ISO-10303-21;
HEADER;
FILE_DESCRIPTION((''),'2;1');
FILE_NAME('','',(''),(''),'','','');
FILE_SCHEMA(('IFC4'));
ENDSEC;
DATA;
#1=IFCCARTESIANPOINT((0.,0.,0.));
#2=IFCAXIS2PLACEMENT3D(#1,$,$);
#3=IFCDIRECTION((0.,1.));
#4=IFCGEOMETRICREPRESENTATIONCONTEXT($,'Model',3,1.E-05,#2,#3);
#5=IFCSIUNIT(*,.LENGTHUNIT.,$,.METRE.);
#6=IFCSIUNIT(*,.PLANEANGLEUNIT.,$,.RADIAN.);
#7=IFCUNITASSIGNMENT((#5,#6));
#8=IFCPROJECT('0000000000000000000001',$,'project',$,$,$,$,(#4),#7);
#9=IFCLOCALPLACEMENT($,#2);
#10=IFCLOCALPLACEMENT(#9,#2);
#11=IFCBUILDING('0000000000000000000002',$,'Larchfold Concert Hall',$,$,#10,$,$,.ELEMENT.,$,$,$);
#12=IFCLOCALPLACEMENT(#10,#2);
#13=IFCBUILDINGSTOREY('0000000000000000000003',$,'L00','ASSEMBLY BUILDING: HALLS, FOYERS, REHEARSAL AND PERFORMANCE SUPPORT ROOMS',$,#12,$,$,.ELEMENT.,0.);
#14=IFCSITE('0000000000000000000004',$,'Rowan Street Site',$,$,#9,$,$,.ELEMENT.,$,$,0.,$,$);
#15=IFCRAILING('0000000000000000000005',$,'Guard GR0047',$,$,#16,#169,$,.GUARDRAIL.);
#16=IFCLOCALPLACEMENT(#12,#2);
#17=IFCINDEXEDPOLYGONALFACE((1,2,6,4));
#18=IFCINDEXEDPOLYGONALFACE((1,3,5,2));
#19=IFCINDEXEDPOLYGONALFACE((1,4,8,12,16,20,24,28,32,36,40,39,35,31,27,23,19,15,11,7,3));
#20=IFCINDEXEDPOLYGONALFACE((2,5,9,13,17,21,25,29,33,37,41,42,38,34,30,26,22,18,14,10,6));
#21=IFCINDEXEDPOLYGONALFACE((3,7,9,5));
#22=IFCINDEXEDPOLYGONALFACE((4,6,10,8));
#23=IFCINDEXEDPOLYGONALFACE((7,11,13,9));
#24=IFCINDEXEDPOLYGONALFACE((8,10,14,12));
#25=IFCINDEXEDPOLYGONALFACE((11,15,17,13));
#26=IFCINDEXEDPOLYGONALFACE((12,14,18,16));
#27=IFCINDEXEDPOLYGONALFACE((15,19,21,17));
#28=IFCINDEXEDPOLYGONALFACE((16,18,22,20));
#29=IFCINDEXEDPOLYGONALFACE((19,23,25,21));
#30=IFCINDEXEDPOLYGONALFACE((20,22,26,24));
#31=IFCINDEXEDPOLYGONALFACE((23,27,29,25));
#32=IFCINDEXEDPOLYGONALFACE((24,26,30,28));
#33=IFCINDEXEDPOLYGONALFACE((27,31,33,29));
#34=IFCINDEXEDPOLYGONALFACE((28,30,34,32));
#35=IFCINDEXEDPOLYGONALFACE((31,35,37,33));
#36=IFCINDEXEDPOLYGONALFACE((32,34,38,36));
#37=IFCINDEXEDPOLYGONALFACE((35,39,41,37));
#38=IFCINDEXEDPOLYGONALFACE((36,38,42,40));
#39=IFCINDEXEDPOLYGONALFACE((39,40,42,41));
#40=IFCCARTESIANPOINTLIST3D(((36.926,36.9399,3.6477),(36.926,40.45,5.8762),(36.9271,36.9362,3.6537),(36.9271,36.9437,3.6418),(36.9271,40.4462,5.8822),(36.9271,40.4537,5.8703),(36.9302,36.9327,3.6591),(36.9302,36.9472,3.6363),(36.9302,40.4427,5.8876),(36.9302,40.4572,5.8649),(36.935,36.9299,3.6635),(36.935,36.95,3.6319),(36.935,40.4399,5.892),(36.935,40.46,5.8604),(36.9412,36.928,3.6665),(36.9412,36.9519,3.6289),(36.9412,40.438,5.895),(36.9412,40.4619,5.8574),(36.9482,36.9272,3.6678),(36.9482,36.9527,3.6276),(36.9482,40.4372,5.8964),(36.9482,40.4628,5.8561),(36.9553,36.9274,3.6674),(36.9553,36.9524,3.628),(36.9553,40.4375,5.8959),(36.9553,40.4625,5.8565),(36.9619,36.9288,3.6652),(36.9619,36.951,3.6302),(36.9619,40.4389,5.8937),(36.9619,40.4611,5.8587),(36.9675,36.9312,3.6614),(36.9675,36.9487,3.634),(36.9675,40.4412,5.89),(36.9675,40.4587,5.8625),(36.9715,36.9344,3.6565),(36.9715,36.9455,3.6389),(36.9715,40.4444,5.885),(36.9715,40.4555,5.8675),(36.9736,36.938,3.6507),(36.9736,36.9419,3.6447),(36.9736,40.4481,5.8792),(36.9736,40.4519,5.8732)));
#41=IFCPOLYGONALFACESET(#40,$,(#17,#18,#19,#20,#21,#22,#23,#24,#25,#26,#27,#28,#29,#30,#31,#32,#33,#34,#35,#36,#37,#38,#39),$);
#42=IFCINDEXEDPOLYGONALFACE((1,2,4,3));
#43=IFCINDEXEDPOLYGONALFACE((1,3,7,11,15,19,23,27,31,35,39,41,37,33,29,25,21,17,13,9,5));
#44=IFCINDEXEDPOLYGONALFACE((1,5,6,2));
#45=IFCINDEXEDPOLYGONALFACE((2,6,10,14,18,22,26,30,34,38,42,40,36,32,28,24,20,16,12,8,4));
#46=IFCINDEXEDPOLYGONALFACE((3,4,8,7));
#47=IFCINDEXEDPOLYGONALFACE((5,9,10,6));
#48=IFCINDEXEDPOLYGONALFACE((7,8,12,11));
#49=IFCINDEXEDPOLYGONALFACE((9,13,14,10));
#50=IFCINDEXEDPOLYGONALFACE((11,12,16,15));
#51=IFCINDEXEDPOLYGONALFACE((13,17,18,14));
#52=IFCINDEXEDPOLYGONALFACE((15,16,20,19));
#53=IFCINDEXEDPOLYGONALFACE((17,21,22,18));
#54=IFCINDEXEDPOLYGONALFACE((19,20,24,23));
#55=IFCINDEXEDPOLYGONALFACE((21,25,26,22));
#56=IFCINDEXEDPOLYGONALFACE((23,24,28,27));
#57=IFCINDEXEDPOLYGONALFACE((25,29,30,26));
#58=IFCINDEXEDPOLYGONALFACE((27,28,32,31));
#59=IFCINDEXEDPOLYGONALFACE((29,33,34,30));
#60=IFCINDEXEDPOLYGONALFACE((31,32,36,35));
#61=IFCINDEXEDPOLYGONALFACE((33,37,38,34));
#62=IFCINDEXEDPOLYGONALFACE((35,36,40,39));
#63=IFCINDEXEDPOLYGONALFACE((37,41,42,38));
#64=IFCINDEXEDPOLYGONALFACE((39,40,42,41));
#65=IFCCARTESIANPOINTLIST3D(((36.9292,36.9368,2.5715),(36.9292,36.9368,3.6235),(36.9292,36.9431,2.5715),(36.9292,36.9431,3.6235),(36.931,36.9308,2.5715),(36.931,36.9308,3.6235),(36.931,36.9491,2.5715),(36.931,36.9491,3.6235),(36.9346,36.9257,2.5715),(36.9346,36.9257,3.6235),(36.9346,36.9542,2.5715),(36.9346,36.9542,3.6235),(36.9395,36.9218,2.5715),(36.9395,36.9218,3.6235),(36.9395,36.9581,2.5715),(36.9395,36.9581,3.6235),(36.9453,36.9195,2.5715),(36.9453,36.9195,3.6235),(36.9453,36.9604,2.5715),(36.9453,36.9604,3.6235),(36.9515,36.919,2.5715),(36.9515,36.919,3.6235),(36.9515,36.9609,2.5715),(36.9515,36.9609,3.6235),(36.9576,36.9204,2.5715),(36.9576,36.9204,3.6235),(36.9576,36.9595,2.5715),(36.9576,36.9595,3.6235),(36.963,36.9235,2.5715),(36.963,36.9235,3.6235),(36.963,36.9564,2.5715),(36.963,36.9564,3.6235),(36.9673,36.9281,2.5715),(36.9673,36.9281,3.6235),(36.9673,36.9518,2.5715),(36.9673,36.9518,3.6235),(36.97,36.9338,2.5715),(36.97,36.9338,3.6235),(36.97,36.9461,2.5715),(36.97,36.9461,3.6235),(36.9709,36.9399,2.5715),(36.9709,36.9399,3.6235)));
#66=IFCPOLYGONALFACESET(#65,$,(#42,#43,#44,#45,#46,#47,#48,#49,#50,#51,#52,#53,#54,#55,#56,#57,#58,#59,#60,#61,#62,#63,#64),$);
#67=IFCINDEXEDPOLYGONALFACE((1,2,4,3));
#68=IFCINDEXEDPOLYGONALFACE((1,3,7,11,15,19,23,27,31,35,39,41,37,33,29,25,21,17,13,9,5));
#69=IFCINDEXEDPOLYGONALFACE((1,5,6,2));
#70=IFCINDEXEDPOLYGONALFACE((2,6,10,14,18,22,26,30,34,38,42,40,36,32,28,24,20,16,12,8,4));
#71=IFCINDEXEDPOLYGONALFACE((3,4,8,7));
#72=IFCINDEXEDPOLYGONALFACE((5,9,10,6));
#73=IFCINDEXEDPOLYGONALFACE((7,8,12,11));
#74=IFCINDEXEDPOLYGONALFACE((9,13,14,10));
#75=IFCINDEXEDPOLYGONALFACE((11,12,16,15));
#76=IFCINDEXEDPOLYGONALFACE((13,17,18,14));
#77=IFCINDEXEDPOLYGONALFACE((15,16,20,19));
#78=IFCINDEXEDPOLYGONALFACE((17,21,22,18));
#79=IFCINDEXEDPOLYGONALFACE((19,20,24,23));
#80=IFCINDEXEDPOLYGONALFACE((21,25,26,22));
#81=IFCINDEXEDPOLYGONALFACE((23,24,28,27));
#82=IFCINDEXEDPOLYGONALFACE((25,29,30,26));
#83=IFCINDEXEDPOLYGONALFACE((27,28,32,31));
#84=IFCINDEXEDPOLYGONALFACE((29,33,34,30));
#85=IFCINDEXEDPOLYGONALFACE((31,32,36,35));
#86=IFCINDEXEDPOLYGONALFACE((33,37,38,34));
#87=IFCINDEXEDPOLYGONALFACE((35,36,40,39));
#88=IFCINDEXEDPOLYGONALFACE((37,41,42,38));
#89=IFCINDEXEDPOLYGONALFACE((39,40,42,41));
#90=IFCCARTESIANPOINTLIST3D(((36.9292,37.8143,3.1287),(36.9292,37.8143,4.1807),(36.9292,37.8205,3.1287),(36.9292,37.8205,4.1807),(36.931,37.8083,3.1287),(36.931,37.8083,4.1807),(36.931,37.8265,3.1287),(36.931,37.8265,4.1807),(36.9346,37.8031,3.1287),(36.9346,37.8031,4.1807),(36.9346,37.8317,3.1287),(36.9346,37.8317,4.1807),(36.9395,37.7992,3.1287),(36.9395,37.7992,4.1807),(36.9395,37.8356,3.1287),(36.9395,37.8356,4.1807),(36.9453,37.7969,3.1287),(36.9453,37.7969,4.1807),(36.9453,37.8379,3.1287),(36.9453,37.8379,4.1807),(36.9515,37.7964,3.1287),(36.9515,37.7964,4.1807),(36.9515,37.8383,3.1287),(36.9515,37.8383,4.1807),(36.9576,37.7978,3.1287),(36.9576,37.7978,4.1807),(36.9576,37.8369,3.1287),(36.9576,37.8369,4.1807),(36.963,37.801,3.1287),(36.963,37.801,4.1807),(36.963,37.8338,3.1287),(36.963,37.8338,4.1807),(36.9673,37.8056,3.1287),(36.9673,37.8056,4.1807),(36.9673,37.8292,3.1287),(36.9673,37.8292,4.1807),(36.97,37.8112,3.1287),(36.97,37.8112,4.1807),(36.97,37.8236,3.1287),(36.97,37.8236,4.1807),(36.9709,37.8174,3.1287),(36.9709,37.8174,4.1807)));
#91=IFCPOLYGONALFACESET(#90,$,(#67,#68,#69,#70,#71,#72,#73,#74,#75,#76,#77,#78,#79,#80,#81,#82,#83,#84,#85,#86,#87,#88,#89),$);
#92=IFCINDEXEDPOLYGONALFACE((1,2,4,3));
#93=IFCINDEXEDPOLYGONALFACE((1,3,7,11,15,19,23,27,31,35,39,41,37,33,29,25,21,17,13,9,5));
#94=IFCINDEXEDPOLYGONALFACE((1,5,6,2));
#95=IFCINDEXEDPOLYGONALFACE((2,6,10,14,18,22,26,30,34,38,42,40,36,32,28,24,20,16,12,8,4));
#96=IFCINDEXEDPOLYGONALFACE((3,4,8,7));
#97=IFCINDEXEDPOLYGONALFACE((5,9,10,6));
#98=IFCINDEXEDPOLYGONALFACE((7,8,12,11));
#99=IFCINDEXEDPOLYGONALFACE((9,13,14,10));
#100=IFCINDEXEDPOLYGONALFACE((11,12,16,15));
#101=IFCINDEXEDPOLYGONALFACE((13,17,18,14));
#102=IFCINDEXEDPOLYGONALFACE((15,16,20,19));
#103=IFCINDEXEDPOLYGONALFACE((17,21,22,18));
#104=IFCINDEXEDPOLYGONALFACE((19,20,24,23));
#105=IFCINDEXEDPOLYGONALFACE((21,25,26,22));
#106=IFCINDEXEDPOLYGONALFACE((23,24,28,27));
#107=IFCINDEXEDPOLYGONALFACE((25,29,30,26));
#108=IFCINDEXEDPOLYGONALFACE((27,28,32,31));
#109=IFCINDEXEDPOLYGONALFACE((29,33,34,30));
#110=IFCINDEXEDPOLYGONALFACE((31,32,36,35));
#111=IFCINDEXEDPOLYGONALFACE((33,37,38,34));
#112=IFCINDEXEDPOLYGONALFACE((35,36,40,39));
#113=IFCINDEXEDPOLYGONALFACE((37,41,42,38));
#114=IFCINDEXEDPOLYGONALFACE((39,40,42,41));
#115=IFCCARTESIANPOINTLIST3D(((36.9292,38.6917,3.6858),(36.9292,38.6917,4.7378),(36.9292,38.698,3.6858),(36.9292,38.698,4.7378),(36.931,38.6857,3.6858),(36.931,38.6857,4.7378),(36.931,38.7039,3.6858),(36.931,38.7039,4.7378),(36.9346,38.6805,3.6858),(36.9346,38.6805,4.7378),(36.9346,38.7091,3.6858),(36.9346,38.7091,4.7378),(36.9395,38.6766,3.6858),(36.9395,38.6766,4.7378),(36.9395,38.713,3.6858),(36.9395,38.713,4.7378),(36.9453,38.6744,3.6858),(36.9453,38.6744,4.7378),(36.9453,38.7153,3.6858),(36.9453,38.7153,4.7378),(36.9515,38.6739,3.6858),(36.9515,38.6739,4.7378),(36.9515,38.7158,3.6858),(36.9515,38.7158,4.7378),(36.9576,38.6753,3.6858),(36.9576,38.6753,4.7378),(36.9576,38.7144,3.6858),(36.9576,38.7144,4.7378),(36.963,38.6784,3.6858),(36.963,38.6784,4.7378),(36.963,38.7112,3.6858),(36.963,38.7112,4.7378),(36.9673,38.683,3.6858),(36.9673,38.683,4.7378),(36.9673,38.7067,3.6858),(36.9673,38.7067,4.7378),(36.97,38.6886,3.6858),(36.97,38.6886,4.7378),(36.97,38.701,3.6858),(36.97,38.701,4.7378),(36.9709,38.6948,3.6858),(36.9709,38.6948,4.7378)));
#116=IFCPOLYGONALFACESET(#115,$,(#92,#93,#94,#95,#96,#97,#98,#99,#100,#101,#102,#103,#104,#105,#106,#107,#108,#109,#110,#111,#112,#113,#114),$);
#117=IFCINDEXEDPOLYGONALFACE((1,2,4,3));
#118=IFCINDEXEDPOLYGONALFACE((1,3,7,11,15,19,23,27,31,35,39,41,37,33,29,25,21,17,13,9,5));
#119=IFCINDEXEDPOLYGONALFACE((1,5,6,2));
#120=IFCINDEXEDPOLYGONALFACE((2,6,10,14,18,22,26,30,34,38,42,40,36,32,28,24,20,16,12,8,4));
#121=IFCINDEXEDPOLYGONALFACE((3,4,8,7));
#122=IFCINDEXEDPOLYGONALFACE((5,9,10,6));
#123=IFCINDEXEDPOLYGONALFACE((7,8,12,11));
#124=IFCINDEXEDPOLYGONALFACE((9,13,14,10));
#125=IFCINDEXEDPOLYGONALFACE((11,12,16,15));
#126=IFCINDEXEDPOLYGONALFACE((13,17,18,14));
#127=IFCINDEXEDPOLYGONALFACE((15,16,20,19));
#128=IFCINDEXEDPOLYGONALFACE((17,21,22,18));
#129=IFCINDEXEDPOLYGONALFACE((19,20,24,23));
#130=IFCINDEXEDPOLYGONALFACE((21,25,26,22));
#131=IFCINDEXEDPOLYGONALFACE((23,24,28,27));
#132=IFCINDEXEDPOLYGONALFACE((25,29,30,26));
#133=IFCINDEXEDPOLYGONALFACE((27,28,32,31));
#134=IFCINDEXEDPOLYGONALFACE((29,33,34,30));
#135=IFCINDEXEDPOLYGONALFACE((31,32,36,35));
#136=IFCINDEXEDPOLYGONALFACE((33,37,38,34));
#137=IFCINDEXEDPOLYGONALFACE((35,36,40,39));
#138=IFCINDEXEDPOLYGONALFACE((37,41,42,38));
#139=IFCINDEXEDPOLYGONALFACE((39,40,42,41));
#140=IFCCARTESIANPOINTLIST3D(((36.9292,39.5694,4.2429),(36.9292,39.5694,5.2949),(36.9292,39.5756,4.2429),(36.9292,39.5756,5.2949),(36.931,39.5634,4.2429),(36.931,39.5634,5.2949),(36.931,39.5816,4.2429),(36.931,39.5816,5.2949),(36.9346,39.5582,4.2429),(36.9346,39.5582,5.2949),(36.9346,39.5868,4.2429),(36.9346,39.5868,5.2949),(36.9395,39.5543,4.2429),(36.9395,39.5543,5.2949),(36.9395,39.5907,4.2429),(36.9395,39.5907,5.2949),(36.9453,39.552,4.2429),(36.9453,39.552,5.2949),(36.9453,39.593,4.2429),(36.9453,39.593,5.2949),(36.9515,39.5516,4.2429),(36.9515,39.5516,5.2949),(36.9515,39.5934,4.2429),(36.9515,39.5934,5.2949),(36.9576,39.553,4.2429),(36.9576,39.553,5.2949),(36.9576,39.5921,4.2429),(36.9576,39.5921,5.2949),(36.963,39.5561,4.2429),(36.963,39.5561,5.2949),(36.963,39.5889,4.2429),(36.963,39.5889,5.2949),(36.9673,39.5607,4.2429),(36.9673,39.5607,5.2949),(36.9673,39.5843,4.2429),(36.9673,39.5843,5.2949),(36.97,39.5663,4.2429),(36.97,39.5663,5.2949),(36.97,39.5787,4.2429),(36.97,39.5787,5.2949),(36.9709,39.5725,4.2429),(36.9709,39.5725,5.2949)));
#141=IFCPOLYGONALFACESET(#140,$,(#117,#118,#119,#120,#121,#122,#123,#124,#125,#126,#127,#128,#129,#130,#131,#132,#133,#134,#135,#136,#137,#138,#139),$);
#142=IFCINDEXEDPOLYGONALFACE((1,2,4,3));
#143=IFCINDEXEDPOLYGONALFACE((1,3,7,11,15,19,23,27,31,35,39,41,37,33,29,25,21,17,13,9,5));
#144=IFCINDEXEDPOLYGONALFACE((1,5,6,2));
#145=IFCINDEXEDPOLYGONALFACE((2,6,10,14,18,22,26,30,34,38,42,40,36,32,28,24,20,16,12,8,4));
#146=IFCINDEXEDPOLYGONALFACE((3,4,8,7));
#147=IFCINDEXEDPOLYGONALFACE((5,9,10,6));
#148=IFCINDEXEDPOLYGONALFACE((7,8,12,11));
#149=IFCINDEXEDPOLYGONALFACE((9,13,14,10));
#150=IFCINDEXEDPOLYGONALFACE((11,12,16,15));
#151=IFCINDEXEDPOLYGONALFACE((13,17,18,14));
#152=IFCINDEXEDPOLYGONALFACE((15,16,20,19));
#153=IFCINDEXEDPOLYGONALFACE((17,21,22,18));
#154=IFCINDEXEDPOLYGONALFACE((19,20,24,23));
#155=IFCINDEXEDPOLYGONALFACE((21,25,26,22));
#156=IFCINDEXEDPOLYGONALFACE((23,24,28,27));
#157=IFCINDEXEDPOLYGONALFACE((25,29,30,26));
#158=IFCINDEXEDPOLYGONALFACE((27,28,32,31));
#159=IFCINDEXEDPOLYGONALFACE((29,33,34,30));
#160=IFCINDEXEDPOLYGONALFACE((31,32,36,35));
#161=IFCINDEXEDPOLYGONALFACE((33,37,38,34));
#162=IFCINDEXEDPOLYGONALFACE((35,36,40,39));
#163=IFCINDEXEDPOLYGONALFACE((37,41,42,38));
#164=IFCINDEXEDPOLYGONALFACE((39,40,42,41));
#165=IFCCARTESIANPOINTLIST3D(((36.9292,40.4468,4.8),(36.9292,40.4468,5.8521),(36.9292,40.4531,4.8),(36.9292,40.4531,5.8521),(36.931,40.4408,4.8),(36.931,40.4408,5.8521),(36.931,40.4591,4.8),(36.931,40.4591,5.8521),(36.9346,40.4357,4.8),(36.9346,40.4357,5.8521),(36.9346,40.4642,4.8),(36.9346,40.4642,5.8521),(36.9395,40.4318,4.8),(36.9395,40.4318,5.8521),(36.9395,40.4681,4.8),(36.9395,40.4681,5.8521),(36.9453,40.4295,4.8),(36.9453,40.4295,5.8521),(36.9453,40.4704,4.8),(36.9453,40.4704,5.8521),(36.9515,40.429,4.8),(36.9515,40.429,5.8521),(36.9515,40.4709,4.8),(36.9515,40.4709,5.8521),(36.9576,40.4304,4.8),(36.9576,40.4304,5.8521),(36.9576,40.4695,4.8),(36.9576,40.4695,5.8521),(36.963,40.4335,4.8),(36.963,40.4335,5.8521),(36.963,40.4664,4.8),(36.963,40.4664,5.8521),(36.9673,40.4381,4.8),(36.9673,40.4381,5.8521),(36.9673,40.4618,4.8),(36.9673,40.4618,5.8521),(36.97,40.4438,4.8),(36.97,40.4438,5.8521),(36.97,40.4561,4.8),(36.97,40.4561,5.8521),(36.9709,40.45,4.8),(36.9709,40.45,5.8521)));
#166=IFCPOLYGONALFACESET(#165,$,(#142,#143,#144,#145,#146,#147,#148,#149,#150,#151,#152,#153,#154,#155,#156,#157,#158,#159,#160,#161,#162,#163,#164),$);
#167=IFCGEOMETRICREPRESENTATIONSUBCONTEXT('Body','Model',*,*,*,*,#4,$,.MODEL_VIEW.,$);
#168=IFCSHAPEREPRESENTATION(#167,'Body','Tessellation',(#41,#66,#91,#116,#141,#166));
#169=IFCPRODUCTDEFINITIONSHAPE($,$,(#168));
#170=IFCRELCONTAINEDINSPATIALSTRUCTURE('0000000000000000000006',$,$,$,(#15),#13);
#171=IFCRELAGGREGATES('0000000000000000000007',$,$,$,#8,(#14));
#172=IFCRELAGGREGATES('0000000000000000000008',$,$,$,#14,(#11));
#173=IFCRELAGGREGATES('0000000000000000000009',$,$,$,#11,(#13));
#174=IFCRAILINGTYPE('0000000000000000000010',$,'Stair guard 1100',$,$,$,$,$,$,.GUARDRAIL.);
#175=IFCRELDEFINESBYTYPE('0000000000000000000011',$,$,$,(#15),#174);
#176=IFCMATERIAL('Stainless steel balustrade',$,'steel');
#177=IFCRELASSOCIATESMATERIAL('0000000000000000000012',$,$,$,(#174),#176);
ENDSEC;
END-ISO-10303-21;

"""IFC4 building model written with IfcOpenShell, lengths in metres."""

from ifc_helpers import new_model, si_unit, direction, frame, origin, origin_2d, place, context, subcontext, project, spatial, circle, extrude, material, type_object, element, save


model = new_model("IFC4")

# Units and contexts
model_context = context("Model", 3, precision=1e-05, world=origin(), true_north=direction((0.0, 1.0)))
body_context = subcontext(model_context, "Body", "Model", "MODEL_VIEW")
ifc_project = project(units=[si_unit("LENGTHUNIT", "METRE"), si_unit("PLANEANGLEUNIT", "RADIAN")], contexts=[model_context])

# Site, building, storey
site_placement = place(None, origin())
site = spatial("IfcSite", under=ifc_project, at=site_placement, Name="Rowan Street Site", CompositionType="ELEMENT", RefElevation=0.0)
building_placement = place(site_placement, origin())
building = spatial("IfcBuilding", under=site, at=building_placement, Name="Larchfold Concert Hall", CompositionType="ELEMENT")
storey_placement = place(building_placement, origin())
storey = spatial("IfcBuildingStorey", under=building, at=storey_placement, Name="L00", Description="ASSEMBLY BUILDING: HALLS, FOYERS, REHEARSAL AND PERFORMANCE SUPPORT ROOMS", CompositionType="ELEMENT", Elevation=0.0)

# Railing
ifc_material_1 = material(Name="Stainless steel balustrade", Category="steel")
railing_type_1 = type_object("IfcRailingType", Name="Stair guard 1100", PredefinedType="GUARDRAIL", material=ifc_material_1)
railing_1_placement = place(storey_placement, frame((36.95, 36.9399, 2.5715)))
element("IfcRailing", 1, at=railing_1_placement, inside=storey, type_object=railing_type_1, Name="Guard GR0047", PredefinedType="GUARDRAIL", context=body_context, shape_type="SweptSolid", body=[
    extrude(circle(Radius=0.0239, at=origin_2d()), frame((0.0, 0.0, 1.0762), z_axis=(0.0, 0.84422, 0.535998), x_axis=(-1.0, 0.0, 0.0)), (0.0, 0.0, 1.0), 4.1577),
    extrude(circle(Radius=0.021, at=origin_2d()), origin(), (0.0, 0.0, 1.0), 1.052),
    extrude(circle(Radius=0.021, at=origin_2d()), frame((0.0, 0.8774, 0.5571)), (0.0, 0.0, 1.0), 1.052),
    extrude(circle(Radius=0.021, at=origin_2d()), frame((0.0, 1.7549, 1.1143)), (0.0, 0.0, 1.0), 1.052),
    extrude(circle(Radius=0.021, at=origin_2d()), frame((0.0, 2.6326, 1.6714)), (0.0, 0.0, 1.0), 1.052),
    extrude(circle(Radius=0.021, at=origin_2d()), frame((0.0, 3.51, 2.2285)), (0.0, 0.0, 1.0), 1.052),
])

save(model, "model.ifc")
